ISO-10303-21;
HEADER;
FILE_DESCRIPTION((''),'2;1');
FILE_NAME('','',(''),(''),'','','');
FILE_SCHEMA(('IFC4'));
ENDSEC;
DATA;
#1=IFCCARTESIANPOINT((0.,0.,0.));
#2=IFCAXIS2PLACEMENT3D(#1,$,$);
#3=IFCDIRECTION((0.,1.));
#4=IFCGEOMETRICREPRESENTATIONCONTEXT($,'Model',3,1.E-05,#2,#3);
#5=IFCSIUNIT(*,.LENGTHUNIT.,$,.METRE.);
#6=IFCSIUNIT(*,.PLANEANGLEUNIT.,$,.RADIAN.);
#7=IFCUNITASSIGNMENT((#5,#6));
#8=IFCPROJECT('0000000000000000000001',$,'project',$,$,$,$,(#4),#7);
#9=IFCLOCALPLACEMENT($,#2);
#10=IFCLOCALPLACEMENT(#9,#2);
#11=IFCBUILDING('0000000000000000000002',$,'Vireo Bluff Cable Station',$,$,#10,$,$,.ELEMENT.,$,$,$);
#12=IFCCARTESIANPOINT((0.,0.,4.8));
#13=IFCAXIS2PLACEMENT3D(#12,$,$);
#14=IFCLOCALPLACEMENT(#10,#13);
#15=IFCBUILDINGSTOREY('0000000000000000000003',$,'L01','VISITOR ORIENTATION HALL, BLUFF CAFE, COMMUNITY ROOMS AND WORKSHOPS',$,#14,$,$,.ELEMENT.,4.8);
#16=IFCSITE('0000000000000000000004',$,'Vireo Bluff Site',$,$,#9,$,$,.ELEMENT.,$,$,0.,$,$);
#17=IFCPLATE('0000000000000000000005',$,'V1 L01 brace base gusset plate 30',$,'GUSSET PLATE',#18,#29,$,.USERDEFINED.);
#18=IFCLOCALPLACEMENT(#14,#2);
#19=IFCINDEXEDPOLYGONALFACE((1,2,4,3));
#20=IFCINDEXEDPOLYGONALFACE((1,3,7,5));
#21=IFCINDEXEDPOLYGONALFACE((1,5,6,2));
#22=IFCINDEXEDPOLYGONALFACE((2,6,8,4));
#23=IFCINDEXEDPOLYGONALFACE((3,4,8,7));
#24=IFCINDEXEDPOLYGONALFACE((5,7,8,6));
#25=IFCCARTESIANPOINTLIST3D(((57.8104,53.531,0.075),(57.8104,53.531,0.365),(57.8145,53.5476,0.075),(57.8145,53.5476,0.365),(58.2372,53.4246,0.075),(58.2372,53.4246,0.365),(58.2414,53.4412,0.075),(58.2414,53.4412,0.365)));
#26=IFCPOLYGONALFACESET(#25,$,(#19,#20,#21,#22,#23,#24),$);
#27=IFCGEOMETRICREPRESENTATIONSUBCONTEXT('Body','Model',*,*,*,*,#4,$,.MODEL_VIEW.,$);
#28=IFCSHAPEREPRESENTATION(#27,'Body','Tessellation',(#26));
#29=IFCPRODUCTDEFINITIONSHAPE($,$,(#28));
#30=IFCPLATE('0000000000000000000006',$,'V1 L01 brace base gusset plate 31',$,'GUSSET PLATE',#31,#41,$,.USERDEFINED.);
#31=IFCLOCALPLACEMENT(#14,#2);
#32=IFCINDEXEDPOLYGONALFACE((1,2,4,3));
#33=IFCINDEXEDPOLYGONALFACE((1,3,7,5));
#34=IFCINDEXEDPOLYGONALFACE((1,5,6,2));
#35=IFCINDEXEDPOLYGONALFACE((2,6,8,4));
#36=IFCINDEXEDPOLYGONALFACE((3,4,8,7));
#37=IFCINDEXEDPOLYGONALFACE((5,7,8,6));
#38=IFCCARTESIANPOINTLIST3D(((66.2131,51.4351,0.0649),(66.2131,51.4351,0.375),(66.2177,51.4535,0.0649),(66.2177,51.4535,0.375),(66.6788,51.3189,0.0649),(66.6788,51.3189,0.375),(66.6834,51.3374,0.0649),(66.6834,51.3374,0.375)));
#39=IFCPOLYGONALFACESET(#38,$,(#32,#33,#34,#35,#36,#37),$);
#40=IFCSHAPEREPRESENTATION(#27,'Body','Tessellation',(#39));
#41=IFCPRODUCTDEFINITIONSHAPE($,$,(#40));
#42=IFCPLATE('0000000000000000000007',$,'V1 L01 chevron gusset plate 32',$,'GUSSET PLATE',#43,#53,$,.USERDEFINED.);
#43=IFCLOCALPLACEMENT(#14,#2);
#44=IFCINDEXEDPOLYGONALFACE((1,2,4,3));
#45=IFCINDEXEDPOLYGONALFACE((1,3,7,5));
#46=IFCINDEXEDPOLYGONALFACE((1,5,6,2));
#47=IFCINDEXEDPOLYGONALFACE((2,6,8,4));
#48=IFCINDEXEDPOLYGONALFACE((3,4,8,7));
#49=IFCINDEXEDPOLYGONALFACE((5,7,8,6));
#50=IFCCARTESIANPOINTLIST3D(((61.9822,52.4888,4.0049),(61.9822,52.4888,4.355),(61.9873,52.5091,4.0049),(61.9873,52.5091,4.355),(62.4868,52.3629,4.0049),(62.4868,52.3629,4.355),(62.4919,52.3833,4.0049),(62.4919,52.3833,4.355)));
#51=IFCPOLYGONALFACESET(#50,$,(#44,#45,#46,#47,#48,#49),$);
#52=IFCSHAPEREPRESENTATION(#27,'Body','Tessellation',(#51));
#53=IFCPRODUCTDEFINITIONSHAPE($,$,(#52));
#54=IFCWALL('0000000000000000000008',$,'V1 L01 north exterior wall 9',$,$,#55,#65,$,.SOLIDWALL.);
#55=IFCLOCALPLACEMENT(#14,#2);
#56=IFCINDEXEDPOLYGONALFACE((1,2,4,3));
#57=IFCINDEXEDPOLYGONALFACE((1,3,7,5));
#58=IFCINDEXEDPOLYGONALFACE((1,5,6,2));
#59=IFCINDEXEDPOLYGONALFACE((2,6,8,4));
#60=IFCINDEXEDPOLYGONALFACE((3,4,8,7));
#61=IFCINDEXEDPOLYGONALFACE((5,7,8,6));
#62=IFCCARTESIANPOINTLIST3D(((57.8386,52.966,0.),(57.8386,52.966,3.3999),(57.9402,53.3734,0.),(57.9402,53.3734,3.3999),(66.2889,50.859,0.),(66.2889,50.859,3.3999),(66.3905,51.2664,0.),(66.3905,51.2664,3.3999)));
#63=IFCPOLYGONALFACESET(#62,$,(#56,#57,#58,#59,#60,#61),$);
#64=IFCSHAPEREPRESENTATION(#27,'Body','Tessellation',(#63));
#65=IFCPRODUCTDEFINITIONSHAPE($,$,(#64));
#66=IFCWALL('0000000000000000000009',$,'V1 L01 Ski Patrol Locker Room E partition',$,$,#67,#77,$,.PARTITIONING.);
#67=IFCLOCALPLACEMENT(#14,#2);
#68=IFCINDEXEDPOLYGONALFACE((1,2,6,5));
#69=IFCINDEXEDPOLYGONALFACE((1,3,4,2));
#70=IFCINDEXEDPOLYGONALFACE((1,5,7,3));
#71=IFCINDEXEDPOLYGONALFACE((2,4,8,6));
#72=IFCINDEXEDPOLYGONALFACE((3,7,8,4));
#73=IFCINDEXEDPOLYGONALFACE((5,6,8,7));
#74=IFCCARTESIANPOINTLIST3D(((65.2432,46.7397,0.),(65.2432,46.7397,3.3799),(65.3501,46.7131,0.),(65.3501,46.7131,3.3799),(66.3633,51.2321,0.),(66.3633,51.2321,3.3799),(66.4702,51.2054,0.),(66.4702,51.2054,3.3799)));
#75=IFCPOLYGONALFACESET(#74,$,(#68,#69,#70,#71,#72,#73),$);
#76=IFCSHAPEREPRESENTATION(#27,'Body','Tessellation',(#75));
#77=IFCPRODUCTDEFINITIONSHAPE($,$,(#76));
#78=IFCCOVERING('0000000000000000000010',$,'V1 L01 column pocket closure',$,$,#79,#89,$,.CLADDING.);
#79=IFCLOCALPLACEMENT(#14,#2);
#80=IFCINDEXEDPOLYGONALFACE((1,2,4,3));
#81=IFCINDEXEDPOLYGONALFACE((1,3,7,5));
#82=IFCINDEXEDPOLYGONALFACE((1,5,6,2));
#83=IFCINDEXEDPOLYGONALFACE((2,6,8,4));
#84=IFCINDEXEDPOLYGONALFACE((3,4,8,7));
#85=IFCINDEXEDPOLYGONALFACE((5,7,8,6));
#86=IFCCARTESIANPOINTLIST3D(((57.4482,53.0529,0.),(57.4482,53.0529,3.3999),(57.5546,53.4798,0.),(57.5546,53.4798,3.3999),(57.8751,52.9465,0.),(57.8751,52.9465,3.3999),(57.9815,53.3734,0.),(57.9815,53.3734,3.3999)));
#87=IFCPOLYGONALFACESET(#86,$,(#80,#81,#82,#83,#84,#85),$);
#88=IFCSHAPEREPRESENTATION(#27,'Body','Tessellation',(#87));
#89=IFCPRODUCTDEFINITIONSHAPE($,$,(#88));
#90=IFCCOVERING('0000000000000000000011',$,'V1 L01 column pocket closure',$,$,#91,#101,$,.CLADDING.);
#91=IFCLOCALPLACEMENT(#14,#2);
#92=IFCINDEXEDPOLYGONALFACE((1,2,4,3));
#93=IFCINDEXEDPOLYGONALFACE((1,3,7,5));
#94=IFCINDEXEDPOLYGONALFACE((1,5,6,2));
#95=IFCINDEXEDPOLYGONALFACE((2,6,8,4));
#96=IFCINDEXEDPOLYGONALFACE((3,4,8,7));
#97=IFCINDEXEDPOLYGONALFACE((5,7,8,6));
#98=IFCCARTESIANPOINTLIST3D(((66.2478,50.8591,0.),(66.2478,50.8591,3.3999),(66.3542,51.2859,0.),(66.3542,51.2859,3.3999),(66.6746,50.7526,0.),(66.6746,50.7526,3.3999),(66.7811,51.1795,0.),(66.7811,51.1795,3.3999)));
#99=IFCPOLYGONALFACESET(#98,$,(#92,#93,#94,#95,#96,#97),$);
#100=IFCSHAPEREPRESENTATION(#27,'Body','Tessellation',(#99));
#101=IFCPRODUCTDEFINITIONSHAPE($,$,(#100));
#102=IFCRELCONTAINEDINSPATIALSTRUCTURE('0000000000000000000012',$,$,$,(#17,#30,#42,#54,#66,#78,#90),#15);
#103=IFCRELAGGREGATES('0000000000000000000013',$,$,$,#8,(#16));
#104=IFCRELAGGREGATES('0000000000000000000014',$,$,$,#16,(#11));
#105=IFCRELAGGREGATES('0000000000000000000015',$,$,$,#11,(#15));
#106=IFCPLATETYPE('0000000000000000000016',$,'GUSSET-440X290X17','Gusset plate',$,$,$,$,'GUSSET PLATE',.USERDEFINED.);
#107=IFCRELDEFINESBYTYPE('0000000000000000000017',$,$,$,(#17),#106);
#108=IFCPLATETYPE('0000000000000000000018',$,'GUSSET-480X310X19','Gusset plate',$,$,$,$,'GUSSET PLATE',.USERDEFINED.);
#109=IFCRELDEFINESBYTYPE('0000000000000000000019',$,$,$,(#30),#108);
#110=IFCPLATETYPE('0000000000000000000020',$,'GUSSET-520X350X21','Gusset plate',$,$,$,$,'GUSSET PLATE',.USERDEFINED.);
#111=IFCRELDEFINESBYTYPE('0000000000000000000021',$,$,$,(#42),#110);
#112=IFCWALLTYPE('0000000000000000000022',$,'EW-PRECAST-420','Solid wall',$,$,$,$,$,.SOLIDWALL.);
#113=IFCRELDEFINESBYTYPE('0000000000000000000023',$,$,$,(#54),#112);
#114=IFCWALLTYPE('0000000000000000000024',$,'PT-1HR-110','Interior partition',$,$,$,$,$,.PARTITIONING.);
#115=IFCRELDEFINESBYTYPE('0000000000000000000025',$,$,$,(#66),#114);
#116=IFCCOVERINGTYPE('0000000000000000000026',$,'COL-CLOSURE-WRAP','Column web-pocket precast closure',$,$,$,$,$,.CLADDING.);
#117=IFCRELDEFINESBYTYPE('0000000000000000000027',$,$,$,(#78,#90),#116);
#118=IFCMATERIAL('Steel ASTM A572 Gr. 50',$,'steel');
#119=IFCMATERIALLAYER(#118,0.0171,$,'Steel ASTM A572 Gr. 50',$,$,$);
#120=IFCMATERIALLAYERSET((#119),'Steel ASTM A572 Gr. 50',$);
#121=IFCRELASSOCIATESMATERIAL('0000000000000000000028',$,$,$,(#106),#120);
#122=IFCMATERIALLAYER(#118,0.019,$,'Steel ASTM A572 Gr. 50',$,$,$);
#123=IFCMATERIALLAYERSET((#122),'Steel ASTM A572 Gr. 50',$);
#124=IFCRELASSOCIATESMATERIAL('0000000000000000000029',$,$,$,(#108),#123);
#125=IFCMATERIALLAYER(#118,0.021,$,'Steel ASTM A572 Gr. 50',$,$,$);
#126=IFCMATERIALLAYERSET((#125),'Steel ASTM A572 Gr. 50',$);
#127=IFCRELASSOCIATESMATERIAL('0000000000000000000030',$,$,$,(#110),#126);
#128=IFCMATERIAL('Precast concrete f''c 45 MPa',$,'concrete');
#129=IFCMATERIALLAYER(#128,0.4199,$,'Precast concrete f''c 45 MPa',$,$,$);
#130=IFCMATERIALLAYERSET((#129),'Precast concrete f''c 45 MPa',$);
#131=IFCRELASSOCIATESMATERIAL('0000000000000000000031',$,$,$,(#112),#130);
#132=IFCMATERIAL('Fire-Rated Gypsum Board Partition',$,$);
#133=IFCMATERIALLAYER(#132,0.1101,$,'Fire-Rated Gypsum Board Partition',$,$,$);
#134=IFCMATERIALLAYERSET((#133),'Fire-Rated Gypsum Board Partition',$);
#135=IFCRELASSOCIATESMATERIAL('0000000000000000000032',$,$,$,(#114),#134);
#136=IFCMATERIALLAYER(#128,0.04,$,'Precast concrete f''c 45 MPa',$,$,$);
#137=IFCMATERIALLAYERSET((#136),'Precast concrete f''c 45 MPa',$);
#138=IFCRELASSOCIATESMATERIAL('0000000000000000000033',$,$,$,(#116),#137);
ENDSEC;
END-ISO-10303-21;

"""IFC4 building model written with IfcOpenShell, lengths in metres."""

from ifc_helpers import new_model, si_unit, direction, frame, frame_2d, origin, origin_2d, place, context, subcontext, project, spatial, rectangle, extrude, material, layer, layer_set, type_object, element, save


model = new_model("IFC4")

# Units and contexts
model_context = context("Model", 3, precision=1e-05, world=origin(), true_north=direction((0.0, 1.0)))
body_context = subcontext(model_context, "Body", "Model", "MODEL_VIEW")
ifc_project = project(units=[si_unit("LENGTHUNIT", "METRE"), si_unit("PLANEANGLEUNIT", "RADIAN")], contexts=[model_context])

# Site, building, storey
site_placement = place(None, origin())
site = spatial("IfcSite", under=ifc_project, at=site_placement, Name="Vireo Bluff Site", CompositionType="ELEMENT", RefElevation=0.0)
building_placement = place(site_placement, origin())
building = spatial("IfcBuilding", under=site, at=building_placement, Name="Vireo Bluff Cable Station", CompositionType="ELEMENT")
storey_placement = place(building_placement, frame((0.0, 0.0, 4.8)))
storey = spatial("IfcBuildingStorey", under=building, at=storey_placement, Name="L01", Description="VISITOR ORIENTATION HALL, BLUFF CAFE, COMMUNITY ROOMS AND WORKSHOPS", CompositionType="ELEMENT", Elevation=4.8)

# Plates
ifc_material_1 = material(Name="Steel ASTM A572 Gr. 50", Category="steel")
ifc_layer_1 = layer(ifc_material_1, 0.0171, Name="Steel ASTM A572 Gr. 50")
ifc_layer_set_1 = layer_set([ifc_layer_1], Name="Steel ASTM A572 Gr. 50")
plate_type_1 = type_object("IfcPlateType", Name="GUSSET-440X290X17", Description="Gusset plate", ElementType="GUSSET PLATE", PredefinedType="USERDEFINED", material=ifc_layer_set_1)
plate_1_placement = place(storey_placement, frame((58.0259, 53.4861, 0.075), z_axis=(0.0, 0.0, 1.0), x_axis=(0.970296, -0.241922, 0.0)))
element("IfcPlate", 1, at=plate_1_placement, inside=storey, type_object=plate_type_1, Name="V1 L01 brace base gusset plate 30", ObjectType="GUSSET PLATE", PredefinedType="USERDEFINED", context=body_context, shape_type="SweptSolid", body=[
    extrude(rectangle(XDim=0.4399, YDim=0.0171, at=origin_2d()), origin(), (0.0, 0.0, 1.0), 0.29),
])
ifc_layer_2 = layer(ifc_material_1, 0.019, Name="Steel ASTM A572 Gr. 50")
ifc_layer_set_2 = layer_set([ifc_layer_2], Name="Steel ASTM A572 Gr. 50")
plate_type_2 = type_object("IfcPlateType", Name="GUSSET-480X310X19", Description="Gusset plate", ElementType="GUSSET PLATE", PredefinedType="USERDEFINED", material=ifc_layer_set_2)
plate_2_placement = place(storey_placement, frame((66.4482, 51.3862, 0.0649), z_axis=(0.0, 0.0, 1.0), x_axis=(0.970296, -0.241922, 0.0)))
element("IfcPlate", 2, at=plate_2_placement, inside=storey, type_object=plate_type_2, Name="V1 L01 brace base gusset plate 31", ObjectType="GUSSET PLATE", PredefinedType="USERDEFINED", context=body_context, shape_type="SweptSolid", body=[
    extrude(rectangle(XDim=0.48, YDim=0.019, at=origin_2d()), origin(), (0.0, 0.0, 1.0), 0.3101),
])
ifc_layer_3 = layer(ifc_material_1, 0.021, Name="Steel ASTM A572 Gr. 50")
ifc_layer_set_3 = layer_set([ifc_layer_3], Name="Steel ASTM A572 Gr. 50")
plate_type_3 = type_object("IfcPlateType", Name="GUSSET-520X350X21", Description="Gusset plate", ElementType="GUSSET PLATE", PredefinedType="USERDEFINED", material=ifc_layer_set_3)
plate_3_placement = place(storey_placement, frame((62.2371, 52.436, 4.0049), z_axis=(0.0, 0.0, 1.0), x_axis=(0.970296, -0.241922, 0.0)))
element("IfcPlate", 3, at=plate_3_placement, inside=storey, type_object=plate_type_3, Name="V1 L01 chevron gusset plate 32", ObjectType="GUSSET PLATE", PredefinedType="USERDEFINED", context=body_context, shape_type="SweptSolid", body=[
    extrude(rectangle(XDim=0.52, YDim=0.021, at=origin_2d()), origin(), (0.0, 0.0, 1.0), 0.3501),
])

# Walls
ifc_material_2 = material(Name="Precast concrete f'c 45 MPa", Category="concrete")
ifc_layer_4 = layer(ifc_material_2, 0.4199, Name="Precast concrete f'c 45 MPa")
ifc_layer_set_4 = layer_set([ifc_layer_4], Name="Precast concrete f'c 45 MPa")
wall_type_1 = type_object("IfcWallType", Name="EW-PRECAST-420", Description="Solid wall", PredefinedType="SOLIDWALL", material=ifc_layer_set_4)
wall_1_placement = place(storey_placement, frame((57.8894, 53.1697, 0.0), z_axis=(0.0, 0.0, 1.0), x_axis=(0.970294, -0.241929, 0.0)))
element("IfcWall", 4, at=wall_1_placement, inside=storey, type_object=wall_type_1, Name="V1 L01 north exterior wall 9", PredefinedType="SOLIDWALL", context=body_context, shape_type="SweptSolid", body=[
    extrude(rectangle(XDim=8.709, YDim=0.4199, at=frame_2d((4.3545, 0.0))), origin(), (0.0, 0.0, 1.0), 3.3999),
])
ifc_material_3 = material(Name="Fire-Rated Gypsum Board Partition")
ifc_layer_5 = layer(ifc_material_3, 0.1101, Name="Fire-Rated Gypsum Board Partition")
ifc_layer_set_5 = layer_set([ifc_layer_5], Name="Fire-Rated Gypsum Board Partition")
wall_type_2 = type_object("IfcWallType", Name="PT-1HR-110", Description="Interior partition", PredefinedType="PARTITIONING", material=ifc_layer_set_5)
wall_2_placement = place(storey_placement, frame((66.4167, 51.2188, 0.0), z_axis=(0.0, 0.0, 1.0), x_axis=(-0.241928, -0.970294, 0.0)))
element("IfcWall", 5, at=wall_2_placement, inside=storey, type_object=wall_type_2, Name="V1 L01 Ski Patrol Locker Room E partition", PredefinedType="PARTITIONING", context=body_context, shape_type="SweptSolid", body=[
    extrude(rectangle(XDim=4.6299, YDim=0.1101, at=frame_2d((2.3149, 0.0))), origin(), (0.0, 0.0, 1.0), 3.3799),
])

# Coverings
ifc_layer_6 = layer(ifc_material_2, 0.04, Name="Precast concrete f'c 45 MPa")
ifc_layer_set_6 = layer_set([ifc_layer_6], Name="Precast concrete f'c 45 MPa")
covering_type = type_object("IfcCoveringType", Name="COL-CLOSURE-WRAP", Description="Column web-pocket precast closure", PredefinedType="CLADDING", material=ifc_layer_set_6)
for number, where, z_axis, x_axis, name in (
    (6, (57.7148, 53.2131, 0.0), (0.0, 0.0, 1.0), (0.970296, -0.241922, 0.0), "V1 L01 column pocket closure"),
    (7, (66.5144, 51.0193, 0.0), (0.0, 0.0, 1.0), (0.970296, -0.241922, 0.0), "V1 L01 column pocket closure"),
):
    element("IfcCovering", number, at=place(storey_placement, frame(where, z_axis=z_axis, x_axis=x_axis)), inside=storey, type_object=covering_type, Name=name, PredefinedType="CLADDING", context=body_context, shape_type="SweptSolid", body=[
        extrude(rectangle(XDim=0.4399, YDim=0.4399, at=origin_2d()), origin(), (0.0, 0.0, 1.0), 3.3999),
    ])

save(model, "model.ifc")
